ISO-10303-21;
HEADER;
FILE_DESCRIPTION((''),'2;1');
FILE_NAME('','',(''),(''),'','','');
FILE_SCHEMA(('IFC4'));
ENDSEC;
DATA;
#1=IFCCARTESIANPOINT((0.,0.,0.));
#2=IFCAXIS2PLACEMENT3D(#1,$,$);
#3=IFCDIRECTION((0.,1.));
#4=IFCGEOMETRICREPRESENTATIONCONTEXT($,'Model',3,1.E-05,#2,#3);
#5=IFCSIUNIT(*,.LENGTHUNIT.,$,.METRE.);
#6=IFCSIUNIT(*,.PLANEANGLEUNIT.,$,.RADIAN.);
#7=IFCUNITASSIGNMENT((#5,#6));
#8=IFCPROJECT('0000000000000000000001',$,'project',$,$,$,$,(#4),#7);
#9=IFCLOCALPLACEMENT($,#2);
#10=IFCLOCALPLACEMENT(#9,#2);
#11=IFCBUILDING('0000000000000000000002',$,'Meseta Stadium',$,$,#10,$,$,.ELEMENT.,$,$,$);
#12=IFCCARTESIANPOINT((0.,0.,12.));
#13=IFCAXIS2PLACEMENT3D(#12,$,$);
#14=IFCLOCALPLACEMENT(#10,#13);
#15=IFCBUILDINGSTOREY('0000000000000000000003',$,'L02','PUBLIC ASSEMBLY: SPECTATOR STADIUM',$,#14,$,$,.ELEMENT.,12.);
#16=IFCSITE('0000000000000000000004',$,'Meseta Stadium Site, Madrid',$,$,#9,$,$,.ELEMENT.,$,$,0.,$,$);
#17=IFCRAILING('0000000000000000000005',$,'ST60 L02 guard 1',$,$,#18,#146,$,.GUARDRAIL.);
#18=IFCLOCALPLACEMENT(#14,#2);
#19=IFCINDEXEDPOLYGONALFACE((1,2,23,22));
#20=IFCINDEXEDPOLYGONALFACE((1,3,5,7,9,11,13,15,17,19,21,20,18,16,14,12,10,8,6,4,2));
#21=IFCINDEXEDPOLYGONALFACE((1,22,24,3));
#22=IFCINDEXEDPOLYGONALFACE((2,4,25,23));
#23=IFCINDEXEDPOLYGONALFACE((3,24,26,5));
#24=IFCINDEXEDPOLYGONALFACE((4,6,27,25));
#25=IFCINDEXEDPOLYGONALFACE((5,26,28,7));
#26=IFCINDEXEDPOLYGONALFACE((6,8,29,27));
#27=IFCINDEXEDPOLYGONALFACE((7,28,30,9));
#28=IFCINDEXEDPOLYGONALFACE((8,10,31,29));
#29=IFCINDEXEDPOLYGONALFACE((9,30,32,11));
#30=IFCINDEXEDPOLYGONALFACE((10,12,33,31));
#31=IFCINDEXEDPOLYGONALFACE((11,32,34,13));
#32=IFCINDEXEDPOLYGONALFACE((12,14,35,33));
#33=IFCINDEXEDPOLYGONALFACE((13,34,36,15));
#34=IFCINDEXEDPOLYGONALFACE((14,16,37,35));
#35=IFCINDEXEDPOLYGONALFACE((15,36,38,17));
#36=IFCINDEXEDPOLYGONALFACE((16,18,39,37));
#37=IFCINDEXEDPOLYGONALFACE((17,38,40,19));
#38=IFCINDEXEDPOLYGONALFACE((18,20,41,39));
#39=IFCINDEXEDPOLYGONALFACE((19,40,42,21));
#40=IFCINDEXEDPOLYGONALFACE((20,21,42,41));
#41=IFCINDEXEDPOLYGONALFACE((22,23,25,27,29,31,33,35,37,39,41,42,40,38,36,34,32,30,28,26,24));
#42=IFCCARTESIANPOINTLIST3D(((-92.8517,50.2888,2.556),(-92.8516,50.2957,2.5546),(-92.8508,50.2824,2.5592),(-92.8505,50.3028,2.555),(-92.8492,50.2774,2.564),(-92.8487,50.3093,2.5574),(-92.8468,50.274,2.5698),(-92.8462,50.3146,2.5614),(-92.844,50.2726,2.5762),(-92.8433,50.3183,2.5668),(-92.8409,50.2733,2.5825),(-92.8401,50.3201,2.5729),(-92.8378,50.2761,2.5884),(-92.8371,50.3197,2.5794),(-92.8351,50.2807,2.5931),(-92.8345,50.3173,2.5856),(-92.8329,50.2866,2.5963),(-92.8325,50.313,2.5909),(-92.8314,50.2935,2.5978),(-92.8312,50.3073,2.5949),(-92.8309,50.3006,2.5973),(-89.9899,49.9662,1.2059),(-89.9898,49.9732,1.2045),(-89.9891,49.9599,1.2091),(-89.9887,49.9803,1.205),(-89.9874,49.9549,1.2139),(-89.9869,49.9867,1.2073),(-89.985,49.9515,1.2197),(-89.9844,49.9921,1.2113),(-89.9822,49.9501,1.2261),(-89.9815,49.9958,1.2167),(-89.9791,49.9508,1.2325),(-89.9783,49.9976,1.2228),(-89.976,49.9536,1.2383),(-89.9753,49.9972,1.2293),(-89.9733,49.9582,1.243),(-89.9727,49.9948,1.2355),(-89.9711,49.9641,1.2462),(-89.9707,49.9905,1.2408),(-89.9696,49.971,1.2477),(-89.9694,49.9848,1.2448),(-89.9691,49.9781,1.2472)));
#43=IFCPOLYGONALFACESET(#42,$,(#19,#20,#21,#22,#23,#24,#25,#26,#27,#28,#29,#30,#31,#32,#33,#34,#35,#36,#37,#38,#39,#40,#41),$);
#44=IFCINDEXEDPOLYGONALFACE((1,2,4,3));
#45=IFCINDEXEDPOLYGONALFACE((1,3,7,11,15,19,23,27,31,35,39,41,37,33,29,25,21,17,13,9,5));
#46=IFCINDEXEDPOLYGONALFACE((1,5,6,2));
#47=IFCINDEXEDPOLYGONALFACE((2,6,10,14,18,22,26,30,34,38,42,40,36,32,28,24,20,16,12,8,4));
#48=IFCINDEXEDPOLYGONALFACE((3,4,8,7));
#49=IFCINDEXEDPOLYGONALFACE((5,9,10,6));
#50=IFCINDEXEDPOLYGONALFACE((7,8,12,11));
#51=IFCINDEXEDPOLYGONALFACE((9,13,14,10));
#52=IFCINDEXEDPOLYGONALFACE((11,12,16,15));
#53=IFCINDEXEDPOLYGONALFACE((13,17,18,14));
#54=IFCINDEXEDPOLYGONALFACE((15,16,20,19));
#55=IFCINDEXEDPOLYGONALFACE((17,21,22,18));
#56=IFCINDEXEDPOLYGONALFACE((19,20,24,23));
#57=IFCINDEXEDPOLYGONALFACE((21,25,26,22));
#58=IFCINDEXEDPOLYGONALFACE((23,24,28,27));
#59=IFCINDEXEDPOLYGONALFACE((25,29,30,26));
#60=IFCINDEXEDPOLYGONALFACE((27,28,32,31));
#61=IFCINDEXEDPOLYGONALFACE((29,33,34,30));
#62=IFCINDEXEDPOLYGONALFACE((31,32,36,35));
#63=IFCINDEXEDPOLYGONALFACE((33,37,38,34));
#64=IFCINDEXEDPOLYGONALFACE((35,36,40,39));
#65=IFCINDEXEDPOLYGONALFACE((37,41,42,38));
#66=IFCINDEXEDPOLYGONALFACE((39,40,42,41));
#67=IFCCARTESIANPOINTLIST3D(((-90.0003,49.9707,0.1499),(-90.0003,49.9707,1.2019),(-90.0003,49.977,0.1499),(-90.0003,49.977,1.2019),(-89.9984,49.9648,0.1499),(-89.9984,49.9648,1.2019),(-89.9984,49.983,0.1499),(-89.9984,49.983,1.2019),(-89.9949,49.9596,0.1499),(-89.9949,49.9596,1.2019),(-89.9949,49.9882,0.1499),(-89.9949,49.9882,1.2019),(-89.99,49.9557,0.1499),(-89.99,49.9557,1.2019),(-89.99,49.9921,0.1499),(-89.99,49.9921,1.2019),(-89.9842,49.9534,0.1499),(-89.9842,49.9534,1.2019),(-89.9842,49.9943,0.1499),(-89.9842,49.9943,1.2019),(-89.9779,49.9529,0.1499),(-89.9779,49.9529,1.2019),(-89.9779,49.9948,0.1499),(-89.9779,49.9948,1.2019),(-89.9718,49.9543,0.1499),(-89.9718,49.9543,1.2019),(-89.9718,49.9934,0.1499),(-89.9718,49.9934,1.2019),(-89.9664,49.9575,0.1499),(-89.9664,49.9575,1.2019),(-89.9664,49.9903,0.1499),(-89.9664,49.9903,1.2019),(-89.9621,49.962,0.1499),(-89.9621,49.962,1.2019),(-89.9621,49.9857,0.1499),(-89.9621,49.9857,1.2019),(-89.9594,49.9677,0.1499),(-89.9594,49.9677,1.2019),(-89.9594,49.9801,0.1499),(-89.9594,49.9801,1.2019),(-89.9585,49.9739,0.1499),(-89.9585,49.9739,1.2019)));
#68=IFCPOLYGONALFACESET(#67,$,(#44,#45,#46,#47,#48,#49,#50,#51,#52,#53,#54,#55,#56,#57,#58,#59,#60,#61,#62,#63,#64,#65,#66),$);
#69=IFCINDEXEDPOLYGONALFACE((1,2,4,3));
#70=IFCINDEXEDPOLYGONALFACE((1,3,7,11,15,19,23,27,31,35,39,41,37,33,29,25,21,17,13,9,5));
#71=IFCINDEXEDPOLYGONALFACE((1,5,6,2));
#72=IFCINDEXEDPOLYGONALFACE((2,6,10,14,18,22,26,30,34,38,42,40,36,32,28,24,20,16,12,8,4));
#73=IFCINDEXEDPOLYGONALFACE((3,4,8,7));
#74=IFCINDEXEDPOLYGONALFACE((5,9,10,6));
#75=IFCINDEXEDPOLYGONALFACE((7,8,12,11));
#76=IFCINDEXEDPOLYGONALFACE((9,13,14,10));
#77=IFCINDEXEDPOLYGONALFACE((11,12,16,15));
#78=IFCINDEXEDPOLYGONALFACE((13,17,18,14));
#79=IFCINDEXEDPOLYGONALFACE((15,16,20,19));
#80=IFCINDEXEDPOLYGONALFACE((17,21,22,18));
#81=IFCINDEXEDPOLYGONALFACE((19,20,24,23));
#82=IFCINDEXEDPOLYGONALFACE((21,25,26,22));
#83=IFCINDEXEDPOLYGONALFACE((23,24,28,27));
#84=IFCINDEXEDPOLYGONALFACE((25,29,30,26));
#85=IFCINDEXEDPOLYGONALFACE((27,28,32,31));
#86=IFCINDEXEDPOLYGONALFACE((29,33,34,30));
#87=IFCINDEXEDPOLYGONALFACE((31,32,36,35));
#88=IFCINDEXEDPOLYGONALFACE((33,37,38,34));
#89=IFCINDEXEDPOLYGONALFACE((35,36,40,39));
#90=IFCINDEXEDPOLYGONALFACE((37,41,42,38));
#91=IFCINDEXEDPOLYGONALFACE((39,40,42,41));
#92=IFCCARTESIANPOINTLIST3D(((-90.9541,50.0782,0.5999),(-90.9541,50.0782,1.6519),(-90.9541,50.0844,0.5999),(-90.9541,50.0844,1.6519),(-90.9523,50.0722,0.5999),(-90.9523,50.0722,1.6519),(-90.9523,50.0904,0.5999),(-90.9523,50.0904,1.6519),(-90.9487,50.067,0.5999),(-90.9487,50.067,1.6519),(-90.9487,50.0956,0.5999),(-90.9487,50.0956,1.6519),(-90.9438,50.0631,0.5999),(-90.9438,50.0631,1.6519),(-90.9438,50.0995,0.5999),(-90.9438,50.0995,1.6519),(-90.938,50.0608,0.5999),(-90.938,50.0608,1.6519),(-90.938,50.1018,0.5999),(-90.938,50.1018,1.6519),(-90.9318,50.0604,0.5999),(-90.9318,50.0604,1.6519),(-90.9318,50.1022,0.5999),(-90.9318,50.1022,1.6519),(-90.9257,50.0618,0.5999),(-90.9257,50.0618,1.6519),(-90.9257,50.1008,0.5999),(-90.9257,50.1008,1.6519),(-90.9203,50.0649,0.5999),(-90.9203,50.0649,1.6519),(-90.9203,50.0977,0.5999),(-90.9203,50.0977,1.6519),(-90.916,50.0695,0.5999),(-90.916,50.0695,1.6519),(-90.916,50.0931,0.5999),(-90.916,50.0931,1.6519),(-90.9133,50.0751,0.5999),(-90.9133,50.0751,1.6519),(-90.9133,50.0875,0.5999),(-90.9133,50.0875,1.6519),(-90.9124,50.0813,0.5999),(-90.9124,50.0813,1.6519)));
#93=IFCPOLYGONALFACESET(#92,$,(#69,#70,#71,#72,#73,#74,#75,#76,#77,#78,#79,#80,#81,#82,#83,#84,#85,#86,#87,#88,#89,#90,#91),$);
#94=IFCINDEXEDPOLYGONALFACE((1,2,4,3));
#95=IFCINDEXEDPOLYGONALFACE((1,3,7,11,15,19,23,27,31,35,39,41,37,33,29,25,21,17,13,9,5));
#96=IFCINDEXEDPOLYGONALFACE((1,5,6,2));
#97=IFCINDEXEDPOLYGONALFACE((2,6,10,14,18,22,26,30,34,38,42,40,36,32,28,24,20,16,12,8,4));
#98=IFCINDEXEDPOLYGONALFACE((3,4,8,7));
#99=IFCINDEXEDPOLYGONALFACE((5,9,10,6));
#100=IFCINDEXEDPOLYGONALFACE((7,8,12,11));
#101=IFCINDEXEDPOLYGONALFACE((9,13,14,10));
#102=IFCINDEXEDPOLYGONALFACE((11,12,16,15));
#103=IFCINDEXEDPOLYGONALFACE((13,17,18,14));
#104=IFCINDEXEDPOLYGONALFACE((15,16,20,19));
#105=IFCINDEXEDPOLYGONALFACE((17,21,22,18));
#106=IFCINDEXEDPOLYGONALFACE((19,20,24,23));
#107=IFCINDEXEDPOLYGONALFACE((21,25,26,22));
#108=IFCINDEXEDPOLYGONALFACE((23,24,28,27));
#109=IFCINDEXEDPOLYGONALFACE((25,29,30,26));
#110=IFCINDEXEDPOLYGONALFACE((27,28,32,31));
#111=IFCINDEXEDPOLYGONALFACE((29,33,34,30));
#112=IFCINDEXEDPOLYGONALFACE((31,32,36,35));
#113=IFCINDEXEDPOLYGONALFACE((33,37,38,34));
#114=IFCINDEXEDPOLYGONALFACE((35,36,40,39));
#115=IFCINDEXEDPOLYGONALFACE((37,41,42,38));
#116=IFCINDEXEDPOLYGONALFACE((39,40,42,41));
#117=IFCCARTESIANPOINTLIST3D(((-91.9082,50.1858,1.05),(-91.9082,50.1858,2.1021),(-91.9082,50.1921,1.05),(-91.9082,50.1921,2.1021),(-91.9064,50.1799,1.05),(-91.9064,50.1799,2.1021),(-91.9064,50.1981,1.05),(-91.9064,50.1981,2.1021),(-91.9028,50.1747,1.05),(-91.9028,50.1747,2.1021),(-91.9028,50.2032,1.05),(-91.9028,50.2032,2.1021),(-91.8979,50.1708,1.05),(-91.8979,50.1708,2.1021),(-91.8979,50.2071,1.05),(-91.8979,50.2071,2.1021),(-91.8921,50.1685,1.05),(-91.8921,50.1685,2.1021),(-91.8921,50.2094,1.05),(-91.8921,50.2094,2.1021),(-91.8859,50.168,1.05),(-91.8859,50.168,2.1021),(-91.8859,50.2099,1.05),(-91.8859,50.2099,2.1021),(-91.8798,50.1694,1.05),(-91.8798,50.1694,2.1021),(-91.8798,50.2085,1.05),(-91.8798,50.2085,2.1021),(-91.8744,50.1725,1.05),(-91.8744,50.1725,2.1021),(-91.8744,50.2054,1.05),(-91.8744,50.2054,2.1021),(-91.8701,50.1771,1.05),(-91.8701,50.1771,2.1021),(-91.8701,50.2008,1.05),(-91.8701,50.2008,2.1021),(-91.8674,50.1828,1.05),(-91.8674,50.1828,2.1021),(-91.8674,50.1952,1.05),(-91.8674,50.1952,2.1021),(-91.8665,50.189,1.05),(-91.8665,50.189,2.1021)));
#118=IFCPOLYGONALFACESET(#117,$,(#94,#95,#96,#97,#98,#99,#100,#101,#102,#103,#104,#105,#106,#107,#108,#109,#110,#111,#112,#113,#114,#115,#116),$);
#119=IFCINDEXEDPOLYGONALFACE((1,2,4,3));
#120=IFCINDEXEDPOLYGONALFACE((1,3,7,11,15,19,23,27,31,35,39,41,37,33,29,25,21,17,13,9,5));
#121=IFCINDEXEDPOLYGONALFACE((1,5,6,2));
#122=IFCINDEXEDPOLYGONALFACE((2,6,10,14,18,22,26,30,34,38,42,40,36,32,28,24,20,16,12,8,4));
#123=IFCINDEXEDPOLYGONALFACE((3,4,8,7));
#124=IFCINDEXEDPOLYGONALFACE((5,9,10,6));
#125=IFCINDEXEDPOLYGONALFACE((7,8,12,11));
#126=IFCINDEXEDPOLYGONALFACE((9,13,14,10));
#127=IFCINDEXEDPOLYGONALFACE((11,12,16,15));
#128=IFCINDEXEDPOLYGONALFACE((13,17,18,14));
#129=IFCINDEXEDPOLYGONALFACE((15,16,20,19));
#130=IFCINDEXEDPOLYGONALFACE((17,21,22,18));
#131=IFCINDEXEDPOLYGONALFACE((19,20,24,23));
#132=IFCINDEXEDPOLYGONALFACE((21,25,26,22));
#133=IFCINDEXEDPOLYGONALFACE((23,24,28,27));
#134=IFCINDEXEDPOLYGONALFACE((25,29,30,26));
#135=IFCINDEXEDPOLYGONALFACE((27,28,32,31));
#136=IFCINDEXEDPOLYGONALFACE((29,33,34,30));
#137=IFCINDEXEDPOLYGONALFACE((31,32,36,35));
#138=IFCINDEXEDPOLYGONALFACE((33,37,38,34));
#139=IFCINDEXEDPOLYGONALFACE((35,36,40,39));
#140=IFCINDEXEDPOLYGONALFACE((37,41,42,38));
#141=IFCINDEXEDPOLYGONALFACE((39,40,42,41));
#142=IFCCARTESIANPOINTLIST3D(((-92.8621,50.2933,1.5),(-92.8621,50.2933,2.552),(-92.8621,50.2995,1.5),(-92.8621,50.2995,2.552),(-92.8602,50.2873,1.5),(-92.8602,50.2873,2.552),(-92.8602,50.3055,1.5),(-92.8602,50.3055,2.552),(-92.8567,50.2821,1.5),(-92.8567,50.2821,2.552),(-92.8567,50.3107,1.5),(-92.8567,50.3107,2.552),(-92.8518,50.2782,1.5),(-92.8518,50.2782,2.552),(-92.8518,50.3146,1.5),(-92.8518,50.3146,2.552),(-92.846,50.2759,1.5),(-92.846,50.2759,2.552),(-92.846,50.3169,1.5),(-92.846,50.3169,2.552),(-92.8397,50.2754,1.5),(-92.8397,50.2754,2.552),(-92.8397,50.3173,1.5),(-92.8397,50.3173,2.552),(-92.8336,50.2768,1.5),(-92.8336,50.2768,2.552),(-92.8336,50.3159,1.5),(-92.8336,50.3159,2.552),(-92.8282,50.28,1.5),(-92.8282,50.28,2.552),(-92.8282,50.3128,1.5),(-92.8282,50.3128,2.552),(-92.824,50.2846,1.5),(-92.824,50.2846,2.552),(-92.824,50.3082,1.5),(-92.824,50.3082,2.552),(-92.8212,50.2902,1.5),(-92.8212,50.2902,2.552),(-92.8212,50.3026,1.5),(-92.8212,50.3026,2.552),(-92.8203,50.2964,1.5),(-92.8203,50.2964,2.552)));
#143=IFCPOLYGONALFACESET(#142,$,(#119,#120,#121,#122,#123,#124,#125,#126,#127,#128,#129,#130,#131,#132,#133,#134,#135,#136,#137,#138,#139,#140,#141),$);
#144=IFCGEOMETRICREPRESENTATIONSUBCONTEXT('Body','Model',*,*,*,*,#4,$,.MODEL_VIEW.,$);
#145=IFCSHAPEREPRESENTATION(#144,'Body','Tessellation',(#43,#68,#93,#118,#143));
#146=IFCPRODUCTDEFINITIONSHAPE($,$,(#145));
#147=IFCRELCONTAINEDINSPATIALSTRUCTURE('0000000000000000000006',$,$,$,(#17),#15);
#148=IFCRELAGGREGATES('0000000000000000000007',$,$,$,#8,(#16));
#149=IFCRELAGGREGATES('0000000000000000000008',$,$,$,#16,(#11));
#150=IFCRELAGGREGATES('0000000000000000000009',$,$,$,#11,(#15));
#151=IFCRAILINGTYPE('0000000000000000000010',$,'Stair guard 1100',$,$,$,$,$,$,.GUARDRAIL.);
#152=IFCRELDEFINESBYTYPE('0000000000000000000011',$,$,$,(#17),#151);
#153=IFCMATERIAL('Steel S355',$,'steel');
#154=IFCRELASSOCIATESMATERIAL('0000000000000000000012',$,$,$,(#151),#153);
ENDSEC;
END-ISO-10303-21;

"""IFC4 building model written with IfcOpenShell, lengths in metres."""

from ifc_helpers import new_model, si_unit, direction, frame, origin, origin_2d, place, context, subcontext, project, spatial, circle, extrude, material, type_object, element, save


model = new_model("IFC4")

# Units and contexts
model_context = context("Model", 3, precision=1e-05, world=origin(), true_north=direction((0.0, 1.0)))
body_context = subcontext(model_context, "Body", "Model", "MODEL_VIEW")
ifc_project = project(units=[si_unit("LENGTHUNIT", "METRE"), si_unit("PLANEANGLEUNIT", "RADIAN")], contexts=[model_context])

# Site, building, storey
site_placement = place(None, origin())
site = spatial("IfcSite", under=ifc_project, at=site_placement, Name="Meseta Stadium Site, Madrid", CompositionType="ELEMENT", RefElevation=0.0)
building_placement = place(site_placement, origin())
building = spatial("IfcBuilding", under=site, at=building_placement, Name="Meseta Stadium", CompositionType="ELEMENT")
storey_placement = place(building_placement, frame((0.0, 0.0, 12.0)))
storey = spatial("IfcBuildingStorey", under=building, at=storey_placement, Name="L02", Description="PUBLIC ASSEMBLY: SPECTATOR STADIUM", CompositionType="ELEMENT", Elevation=12.0)

# Railing
ifc_material_1 = material(Name="Steel S355", Category="steel")
railing_type_1 = type_object("IfcRailingType", Name="Stair guard 1100", PredefinedType="GUARDRAIL", material=ifc_material_1)
railing_1_placement = place(storey_placement, frame((-89.9795, 49.9739, 0.1499)))
element("IfcRailing", 1, at=railing_1_placement, inside=storey, type_object=railing_type_1, Name="ST60 L02 guard 1", PredefinedType="GUARDRAIL", context=body_context, shape_type="SweptSolid", body=[
    extrude(circle(Radius=0.0239, at=origin_2d()), frame((0.0, 0.0, 1.0762), z_axis=(-0.899748, 0.101396, 0.424467), x_axis=(-0.111985, -0.99371, 0.0)), (0.0, 0.0, 1.0), 3.1807),
    extrude(circle(Radius=0.021, at=origin_2d()), origin(), (0.0, 0.0, 1.0), 1.052),
    extrude(circle(Radius=0.021, at=origin_2d()), frame((-0.9539, 0.1074, 0.45)), (0.0, 0.0, 1.0), 1.052),
    extrude(circle(Radius=0.021, at=origin_2d()), frame((-1.908, 0.2151, 0.9001)), (0.0, 0.0, 1.0), 1.052),
    extrude(circle(Radius=0.021, at=origin_2d()), frame((-2.8618, 0.3225, 1.3501)), (0.0, 0.0, 1.0), 1.052),
])

save(model, "model.ifc")
